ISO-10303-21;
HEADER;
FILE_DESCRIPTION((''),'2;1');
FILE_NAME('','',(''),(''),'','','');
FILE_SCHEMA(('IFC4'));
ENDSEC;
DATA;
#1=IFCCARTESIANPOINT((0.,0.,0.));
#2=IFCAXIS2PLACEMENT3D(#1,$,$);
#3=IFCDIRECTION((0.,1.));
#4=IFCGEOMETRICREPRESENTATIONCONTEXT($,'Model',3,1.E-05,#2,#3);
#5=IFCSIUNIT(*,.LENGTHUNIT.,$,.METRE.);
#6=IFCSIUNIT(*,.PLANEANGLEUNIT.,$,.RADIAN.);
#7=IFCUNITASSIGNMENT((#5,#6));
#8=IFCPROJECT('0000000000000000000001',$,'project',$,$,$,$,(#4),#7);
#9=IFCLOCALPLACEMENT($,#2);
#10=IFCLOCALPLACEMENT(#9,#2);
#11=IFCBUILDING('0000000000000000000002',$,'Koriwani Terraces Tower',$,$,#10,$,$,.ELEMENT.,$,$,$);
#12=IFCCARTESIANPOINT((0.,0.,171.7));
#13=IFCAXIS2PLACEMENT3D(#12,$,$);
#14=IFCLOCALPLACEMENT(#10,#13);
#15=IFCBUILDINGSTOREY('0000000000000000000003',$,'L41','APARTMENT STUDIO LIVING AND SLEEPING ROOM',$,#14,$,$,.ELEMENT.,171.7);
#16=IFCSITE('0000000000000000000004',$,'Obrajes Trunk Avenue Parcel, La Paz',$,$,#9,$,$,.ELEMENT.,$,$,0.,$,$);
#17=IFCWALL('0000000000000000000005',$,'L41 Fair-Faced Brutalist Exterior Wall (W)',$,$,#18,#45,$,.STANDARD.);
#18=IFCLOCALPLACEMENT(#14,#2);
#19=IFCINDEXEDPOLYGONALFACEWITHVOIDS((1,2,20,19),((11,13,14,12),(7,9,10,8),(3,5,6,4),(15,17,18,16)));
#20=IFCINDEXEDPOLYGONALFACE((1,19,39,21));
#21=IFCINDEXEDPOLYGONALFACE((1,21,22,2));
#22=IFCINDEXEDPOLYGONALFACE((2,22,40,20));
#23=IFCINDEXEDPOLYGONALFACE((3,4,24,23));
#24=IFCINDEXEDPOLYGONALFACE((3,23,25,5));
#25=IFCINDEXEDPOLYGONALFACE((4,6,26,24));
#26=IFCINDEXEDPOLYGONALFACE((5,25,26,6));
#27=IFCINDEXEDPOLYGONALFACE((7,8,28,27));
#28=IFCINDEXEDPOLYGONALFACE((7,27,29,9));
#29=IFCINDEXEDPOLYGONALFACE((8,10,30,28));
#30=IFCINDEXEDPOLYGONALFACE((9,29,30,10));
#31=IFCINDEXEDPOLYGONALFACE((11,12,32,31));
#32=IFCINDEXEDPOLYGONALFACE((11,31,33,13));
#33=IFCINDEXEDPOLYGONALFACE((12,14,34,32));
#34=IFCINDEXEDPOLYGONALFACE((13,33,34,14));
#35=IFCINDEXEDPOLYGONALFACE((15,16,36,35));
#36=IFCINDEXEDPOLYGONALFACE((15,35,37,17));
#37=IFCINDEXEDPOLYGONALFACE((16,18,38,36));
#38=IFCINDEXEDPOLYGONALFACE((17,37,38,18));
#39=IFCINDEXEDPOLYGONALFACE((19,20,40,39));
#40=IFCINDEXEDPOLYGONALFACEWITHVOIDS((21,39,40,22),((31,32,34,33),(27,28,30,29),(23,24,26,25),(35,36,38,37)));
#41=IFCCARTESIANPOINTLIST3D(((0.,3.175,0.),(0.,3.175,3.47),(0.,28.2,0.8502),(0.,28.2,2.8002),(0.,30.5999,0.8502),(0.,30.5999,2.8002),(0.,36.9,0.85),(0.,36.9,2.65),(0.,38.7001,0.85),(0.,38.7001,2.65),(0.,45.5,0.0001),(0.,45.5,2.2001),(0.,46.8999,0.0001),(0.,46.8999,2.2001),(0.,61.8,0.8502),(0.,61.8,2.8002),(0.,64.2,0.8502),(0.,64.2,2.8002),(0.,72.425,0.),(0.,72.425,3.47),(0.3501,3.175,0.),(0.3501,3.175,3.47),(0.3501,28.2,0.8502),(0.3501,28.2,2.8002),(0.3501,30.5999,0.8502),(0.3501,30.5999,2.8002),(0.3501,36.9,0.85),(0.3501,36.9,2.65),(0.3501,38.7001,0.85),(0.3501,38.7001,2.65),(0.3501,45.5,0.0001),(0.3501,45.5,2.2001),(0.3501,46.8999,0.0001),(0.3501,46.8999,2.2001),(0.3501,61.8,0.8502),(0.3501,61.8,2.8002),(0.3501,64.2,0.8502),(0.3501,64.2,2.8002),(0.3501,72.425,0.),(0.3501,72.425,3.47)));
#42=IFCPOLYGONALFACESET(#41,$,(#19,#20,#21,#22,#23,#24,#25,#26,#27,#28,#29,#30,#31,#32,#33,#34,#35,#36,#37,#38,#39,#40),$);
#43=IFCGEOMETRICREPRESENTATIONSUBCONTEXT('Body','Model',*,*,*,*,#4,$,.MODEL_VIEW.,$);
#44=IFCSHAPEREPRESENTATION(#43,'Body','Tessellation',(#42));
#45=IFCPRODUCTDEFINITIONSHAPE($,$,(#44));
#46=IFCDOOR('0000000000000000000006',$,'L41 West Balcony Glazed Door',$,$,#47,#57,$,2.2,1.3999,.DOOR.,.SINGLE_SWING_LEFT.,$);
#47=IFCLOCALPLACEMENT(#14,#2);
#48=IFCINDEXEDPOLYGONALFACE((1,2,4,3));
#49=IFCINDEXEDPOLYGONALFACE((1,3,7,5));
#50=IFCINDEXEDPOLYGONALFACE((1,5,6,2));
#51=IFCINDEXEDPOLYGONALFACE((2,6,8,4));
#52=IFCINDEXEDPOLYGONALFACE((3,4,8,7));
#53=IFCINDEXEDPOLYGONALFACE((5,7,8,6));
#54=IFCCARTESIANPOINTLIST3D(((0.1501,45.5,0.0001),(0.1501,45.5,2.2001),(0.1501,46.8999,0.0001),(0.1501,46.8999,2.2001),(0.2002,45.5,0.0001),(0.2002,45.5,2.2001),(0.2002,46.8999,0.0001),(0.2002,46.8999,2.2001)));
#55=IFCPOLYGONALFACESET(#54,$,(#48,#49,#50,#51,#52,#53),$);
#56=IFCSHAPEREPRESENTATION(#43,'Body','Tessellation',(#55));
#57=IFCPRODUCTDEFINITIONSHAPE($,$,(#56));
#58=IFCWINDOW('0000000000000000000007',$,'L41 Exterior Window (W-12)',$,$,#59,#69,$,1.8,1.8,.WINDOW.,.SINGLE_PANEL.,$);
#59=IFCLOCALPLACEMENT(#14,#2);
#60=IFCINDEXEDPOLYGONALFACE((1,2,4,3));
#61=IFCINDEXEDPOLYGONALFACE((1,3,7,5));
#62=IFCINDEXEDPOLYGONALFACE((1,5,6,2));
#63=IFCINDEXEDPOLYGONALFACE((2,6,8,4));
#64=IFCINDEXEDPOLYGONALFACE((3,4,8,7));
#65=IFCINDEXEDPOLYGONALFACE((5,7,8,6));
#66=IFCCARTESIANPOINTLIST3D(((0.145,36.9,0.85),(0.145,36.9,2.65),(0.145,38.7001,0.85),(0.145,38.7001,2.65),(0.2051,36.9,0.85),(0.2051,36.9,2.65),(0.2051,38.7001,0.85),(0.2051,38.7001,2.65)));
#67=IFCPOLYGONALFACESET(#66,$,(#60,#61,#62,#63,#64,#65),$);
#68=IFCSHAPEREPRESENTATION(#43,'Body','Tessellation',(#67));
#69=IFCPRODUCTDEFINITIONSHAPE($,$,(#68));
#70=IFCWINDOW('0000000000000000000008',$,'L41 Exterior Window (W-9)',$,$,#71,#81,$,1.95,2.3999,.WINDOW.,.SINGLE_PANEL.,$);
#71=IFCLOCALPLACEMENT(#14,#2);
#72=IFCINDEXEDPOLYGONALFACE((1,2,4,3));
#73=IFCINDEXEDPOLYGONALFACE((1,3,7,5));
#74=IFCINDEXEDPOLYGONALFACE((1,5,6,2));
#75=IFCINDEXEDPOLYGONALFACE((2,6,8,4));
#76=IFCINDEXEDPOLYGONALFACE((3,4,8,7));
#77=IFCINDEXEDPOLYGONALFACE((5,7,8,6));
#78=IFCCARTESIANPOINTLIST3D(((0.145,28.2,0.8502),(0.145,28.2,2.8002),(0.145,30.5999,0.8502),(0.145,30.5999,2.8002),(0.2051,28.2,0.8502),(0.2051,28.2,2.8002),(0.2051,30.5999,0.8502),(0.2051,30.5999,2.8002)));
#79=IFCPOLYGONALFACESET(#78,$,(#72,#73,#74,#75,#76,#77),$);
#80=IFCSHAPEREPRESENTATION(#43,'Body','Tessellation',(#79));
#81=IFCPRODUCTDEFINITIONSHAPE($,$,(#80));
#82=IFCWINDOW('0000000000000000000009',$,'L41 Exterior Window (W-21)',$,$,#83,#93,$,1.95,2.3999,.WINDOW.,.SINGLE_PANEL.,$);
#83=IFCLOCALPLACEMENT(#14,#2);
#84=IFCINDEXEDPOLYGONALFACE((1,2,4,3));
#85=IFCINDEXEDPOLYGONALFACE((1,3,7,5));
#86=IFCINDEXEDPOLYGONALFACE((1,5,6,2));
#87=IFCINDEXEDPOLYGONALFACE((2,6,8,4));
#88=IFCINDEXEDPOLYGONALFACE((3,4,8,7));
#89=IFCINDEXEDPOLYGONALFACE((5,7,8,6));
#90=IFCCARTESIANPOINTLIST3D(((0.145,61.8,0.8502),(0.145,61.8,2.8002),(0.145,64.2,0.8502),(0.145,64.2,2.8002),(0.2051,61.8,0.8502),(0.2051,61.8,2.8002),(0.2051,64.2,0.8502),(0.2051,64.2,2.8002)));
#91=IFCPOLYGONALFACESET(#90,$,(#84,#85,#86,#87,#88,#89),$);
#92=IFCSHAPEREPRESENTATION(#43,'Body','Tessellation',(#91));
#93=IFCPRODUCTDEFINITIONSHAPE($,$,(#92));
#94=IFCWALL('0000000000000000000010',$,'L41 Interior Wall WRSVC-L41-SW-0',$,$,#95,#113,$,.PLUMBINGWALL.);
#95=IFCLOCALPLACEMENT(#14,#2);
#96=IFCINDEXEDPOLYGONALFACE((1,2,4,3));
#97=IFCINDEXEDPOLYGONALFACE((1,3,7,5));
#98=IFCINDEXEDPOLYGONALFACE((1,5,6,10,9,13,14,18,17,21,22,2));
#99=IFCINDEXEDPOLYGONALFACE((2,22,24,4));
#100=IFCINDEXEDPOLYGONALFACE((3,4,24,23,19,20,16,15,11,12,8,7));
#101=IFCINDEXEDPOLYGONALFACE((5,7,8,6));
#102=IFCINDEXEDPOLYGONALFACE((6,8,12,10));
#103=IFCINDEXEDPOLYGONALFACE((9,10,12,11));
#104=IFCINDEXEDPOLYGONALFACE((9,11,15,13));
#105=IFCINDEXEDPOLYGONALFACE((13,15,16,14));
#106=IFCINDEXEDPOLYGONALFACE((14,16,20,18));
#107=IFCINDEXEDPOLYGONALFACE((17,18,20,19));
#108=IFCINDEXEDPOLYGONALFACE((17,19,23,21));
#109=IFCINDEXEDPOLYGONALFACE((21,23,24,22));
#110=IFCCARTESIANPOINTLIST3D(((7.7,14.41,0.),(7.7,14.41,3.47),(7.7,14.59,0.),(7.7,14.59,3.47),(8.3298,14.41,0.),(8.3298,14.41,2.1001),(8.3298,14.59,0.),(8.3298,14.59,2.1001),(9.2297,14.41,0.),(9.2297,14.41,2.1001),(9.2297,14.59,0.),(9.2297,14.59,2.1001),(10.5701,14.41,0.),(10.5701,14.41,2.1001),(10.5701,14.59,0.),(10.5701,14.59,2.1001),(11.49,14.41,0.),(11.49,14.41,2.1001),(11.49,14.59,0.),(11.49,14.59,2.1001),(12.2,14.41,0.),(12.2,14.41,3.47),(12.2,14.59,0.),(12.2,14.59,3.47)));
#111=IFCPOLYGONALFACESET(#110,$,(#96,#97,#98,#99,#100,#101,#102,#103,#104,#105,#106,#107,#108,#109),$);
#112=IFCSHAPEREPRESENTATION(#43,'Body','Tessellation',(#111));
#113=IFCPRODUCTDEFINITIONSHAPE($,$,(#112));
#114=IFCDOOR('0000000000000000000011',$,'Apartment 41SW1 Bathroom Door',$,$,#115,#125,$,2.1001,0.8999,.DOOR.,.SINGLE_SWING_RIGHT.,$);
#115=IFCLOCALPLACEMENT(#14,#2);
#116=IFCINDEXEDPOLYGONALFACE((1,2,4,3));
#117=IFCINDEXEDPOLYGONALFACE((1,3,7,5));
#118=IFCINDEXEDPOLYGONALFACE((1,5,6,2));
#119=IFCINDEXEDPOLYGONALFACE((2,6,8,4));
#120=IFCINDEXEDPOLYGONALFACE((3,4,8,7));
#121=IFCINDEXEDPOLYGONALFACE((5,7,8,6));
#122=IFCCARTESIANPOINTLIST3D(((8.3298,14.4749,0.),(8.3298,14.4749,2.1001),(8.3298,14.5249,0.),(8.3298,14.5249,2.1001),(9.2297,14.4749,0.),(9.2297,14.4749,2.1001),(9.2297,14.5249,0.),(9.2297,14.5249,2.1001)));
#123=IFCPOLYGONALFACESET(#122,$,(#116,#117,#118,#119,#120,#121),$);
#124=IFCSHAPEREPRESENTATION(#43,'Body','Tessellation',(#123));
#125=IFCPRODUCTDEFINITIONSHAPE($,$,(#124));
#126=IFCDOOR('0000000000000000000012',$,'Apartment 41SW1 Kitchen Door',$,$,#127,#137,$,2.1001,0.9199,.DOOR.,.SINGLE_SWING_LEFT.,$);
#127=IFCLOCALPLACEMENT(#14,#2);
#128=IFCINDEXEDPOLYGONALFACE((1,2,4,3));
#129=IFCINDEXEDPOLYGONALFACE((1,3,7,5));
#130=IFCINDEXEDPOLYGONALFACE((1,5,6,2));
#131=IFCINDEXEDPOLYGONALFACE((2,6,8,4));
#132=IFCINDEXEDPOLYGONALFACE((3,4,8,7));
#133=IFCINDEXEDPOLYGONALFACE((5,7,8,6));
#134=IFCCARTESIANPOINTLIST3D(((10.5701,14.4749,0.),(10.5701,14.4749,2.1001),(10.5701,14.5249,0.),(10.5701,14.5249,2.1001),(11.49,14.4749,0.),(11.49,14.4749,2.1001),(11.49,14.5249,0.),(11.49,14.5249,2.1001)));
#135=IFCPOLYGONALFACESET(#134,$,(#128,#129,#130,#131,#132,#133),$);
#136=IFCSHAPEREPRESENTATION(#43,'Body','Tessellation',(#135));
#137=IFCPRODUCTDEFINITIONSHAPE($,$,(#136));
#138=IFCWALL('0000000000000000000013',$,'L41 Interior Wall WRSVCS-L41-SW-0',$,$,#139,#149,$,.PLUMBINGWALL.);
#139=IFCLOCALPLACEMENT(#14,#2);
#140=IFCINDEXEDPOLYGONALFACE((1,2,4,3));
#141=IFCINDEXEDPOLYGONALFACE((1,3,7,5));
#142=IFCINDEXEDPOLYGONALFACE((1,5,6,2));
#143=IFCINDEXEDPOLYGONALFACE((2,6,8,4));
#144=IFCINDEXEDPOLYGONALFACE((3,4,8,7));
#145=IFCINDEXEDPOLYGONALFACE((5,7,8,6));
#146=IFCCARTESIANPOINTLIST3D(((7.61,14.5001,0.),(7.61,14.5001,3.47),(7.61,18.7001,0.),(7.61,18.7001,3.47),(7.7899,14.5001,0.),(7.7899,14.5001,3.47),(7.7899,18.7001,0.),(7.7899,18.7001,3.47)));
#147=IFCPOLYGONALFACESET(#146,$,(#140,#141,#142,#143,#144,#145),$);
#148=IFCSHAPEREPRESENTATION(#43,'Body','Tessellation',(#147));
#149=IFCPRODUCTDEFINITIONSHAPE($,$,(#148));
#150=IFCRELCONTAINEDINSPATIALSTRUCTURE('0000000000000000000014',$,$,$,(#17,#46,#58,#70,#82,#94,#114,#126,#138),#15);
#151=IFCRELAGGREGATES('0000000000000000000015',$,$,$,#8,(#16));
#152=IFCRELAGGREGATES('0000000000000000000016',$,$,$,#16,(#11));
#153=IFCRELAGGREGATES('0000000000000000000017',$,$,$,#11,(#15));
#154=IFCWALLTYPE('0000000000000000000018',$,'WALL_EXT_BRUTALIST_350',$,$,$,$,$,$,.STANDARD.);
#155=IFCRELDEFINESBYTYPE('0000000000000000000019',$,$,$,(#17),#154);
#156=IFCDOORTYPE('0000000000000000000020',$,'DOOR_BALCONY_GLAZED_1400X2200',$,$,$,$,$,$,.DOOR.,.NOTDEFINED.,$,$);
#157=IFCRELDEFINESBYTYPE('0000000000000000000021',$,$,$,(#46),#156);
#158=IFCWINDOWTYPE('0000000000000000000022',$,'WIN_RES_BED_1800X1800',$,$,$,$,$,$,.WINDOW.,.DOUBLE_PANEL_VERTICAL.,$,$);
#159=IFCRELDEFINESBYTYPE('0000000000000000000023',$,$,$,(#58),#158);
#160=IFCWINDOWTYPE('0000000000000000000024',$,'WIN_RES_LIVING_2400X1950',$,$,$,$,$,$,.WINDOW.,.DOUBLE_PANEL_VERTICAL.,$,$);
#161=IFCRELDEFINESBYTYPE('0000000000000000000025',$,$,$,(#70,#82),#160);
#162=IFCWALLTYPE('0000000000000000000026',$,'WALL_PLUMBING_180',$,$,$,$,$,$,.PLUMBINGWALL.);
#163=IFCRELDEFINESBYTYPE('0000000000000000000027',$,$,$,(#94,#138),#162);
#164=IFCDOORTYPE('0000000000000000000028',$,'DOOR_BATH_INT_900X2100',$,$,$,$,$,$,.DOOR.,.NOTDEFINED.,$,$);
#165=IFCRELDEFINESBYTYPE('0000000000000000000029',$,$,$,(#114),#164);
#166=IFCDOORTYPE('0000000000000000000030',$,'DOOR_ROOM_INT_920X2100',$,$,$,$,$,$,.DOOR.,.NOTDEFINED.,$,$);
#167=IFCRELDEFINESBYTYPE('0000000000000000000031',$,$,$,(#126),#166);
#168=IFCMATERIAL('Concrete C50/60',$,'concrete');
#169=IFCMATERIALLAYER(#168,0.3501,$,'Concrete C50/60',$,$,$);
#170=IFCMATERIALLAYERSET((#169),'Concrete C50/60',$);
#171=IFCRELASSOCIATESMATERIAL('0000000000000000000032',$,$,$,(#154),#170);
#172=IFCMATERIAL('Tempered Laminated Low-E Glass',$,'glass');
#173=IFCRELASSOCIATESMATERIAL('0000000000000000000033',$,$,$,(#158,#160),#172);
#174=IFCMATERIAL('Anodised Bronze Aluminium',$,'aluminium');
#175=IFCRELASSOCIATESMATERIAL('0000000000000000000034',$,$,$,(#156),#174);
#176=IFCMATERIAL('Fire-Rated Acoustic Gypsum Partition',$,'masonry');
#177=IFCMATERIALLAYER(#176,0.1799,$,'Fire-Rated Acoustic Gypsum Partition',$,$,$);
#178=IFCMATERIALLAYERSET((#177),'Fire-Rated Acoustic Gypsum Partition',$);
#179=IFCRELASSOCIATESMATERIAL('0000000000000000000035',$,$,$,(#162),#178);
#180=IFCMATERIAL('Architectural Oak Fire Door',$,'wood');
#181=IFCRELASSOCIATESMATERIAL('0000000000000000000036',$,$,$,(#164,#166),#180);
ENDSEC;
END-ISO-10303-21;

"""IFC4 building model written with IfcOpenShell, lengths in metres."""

from ifc_helpers import new_model, si_unit, direction, frame, frame_2d, origin, place, context, subcontext, project, spatial, rectangle, extrude, material, layer, layer_set, type_object, element, fill, save


model = new_model("IFC4")

# Units and contexts
model_context = context("Model", 3, precision=1e-05, world=origin(), true_north=direction((0.0, 1.0)))
body_context = subcontext(model_context, "Body", "Model", "MODEL_VIEW")
ifc_project = project(units=[si_unit("LENGTHUNIT", "METRE"), si_unit("PLANEANGLEUNIT", "RADIAN")], contexts=[model_context])

# Site, building, storey
site_placement = place(None, origin())
site = spatial("IfcSite", under=ifc_project, at=site_placement, Name="Obrajes Trunk Avenue Parcel, La Paz", CompositionType="ELEMENT", RefElevation=0.0)
building_placement = place(site_placement, origin())
building = spatial("IfcBuilding", under=site, at=building_placement, Name="Koriwani Terraces Tower", CompositionType="ELEMENT")
storey_placement = place(building_placement, frame((0.0, 0.0, 171.7)))
storey = spatial("IfcBuildingStorey", under=building, at=storey_placement, Name="L41", Description="APARTMENT STUDIO LIVING AND SLEEPING ROOM", CompositionType="ELEMENT", Elevation=171.7)

# Shared definitions
ifc_material_1 = material(Name="Concrete C50/60", Category="concrete")

# Shared definitions
ifc_layer_1 = layer(ifc_material_1, 0.3501, Name="Concrete C50/60")
ifc_layer_set_1 = layer_set([ifc_layer_1], Name="Concrete C50/60")
wall_type_1 = type_object("IfcWallType", Name="WALL_EXT_BRUTALIST_350", PredefinedType="STANDARD", material=ifc_layer_set_1)
ifc_material_2 = material(Name="Tempered Laminated Low-E Glass", Category="glass")
window_type_1 = type_object("IfcWindowType", Name="WIN_RES_BED_1800X1800", PartitioningType="DOUBLE_PANEL_VERTICAL", PredefinedType="WINDOW", material=ifc_material_2)

# Wall, openings, door, windows
wall_1_placement = place(storey_placement, frame((0.175, 3.175, 0.0), z_axis=(0.0, 0.0, 1.0), x_axis=(0.0, 1.0, 0.0)))
wall_1 = element("IfcWall", 1, at=wall_1_placement, inside=storey, type_object=wall_type_1, Name="L41 Fair-Faced Brutalist Exterior Wall (W)", PredefinedType="STANDARD", context=body_context, shape_type="SweptSolid", body=[
    extrude(rectangle(XDim=69.25, YDim=0.3501, at=frame_2d((34.625, 0.0))), origin(), (0.0, 0.0, 1.0), 3.47),
])
opening_1_placement = place(wall_1_placement, frame((42.325, 0.0, 0.0)))
opening_1 = element("IfcOpeningElement", 2, at=opening_1_placement, cuts=wall_1, PredefinedType="OPENING", context=body_context, shape_type="SweptSolid", body=[
    extrude(rectangle(XDim=1.3999, YDim=2.2, at=frame_2d((0.7, 1.1001))), frame((0.0, 0.1851, 0.0), z_axis=(0.0, -1.0, 0.0), x_axis=(1.0, 0.0, 0.0)), (0.0, 0.0, 1.0), 0.3701),
])
opening_2_placement = place(wall_1_placement, frame((25.0249, 0.0, 0.8501)))
opening_2 = element("IfcOpeningElement", 3, at=opening_2_placement, cuts=wall_1, PredefinedType="OPENING", context=body_context, shape_type="SweptSolid", body=[
    extrude(rectangle(XDim=2.3999, YDim=1.95, at=frame_2d((1.2, 0.9751))), frame((0.0, 0.1851, 0.0), z_axis=(0.0, -1.0, 0.0), x_axis=(1.0, 0.0, 0.0)), (0.0, 0.0, 1.0), 0.3701),
])
opening_3_placement = place(wall_1_placement, frame((33.7251, 0.0, 0.8501)))
opening_3 = element("IfcOpeningElement", 4, at=opening_3_placement, cuts=wall_1, PredefinedType="OPENING", context=body_context, shape_type="SweptSolid", body=[
    extrude(rectangle(XDim=1.8, YDim=1.8, at=frame_2d((0.8999, 0.8999))), frame((0.0, 0.1851, 0.0), z_axis=(0.0, -1.0, 0.0), x_axis=(1.0, 0.0, 0.0)), (0.0, 0.0, 1.0), 0.3701),
])
opening_4_placement = place(wall_1_placement, frame((58.625, 0.0, 0.8501)))
opening_4 = element("IfcOpeningElement", 5, at=opening_4_placement, cuts=wall_1, PredefinedType="OPENING", context=body_context, shape_type="SweptSolid", body=[
    extrude(rectangle(XDim=2.3999, YDim=1.95, at=frame_2d((1.2, 0.9751))), frame((0.0, 0.1851, 0.0), z_axis=(0.0, -1.0, 0.0), x_axis=(1.0, 0.0, 0.0)), (0.0, 0.0, 1.0), 0.3701),
])
ifc_material_3 = material(Name="Anodised Bronze Aluminium", Category="aluminium")
door_type_1 = type_object("IfcDoorType", Name="DOOR_BALCONY_GLAZED_1400X2200", OperationType="NOTDEFINED", PredefinedType="DOOR", material=ifc_material_3)
door_1_placement = place(opening_1_placement, origin())
door_1 = element("IfcDoor", 6, at=door_1_placement, inside=storey, type_object=door_type_1, Name="L41 West Balcony Glazed Door", OperationType="SINGLE_SWING_LEFT", OverallHeight=2.2, OverallWidth=1.3999, PredefinedType="DOOR", context=body_context, shape_type="SweptSolid", body=[
    extrude(rectangle(XDim=1.3999, YDim=2.2, at=frame_2d((0.7, 1.1001))), frame((0.0, 0.0249, 0.0), z_axis=(0.0, -1.0, 0.0), x_axis=(1.0, 0.0, 0.0)), (0.0, 0.0, 1.0), 0.05),
])
fill(opening_1, door_1)
window_1_placement = place(opening_3_placement, origin())
window_1 = element("IfcWindow", 7, at=window_1_placement, inside=storey, type_object=window_type_1, Name="L41 Exterior Window (W-12)", OverallHeight=1.8, OverallWidth=1.8, PartitioningType="SINGLE_PANEL", PredefinedType="WINDOW", context=body_context, shape_type="SweptSolid", body=[
    extrude(rectangle(XDim=1.8, YDim=1.8, at=frame_2d((0.8999, 0.8999))), frame((0.0, 0.03, 0.0), z_axis=(0.0, -1.0, 0.0), x_axis=(1.0, 0.0, 0.0)), (0.0, 0.0, 1.0), 0.0601),
])
fill(opening_3, window_1)
window_type_2 = type_object("IfcWindowType", Name="WIN_RES_LIVING_2400X1950", PartitioningType="DOUBLE_PANEL_VERTICAL", PredefinedType="WINDOW", material=ifc_material_2)
window_2_placement = place(opening_2_placement, origin())
window_2 = element("IfcWindow", 8, at=window_2_placement, inside=storey, type_object=window_type_2, Name="L41 Exterior Window (W-9)", OverallHeight=1.95, OverallWidth=2.3999, PartitioningType="SINGLE_PANEL", PredefinedType="WINDOW", context=body_context, shape_type="SweptSolid", body=[
    extrude(rectangle(XDim=2.3999, YDim=1.95, at=frame_2d((1.2, 0.9751))), frame((0.0, 0.03, 0.0), z_axis=(0.0, -1.0, 0.0), x_axis=(1.0, 0.0, 0.0)), (0.0, 0.0, 1.0), 0.0601),
])
fill(opening_2, window_2)
window_3_placement = place(opening_4_placement, origin())
window_3 = element("IfcWindow", 9, at=window_3_placement, inside=storey, type_object=window_type_2, Name="L41 Exterior Window (W-21)", OverallHeight=1.95, OverallWidth=2.3999, PartitioningType="SINGLE_PANEL", PredefinedType="WINDOW", context=body_context, shape_type="SweptSolid", body=[
    extrude(rectangle(XDim=2.3999, YDim=1.95, at=frame_2d((1.2, 0.9751))), frame((0.0, 0.03, 0.0), z_axis=(0.0, -1.0, 0.0), x_axis=(1.0, 0.0, 0.0)), (0.0, 0.0, 1.0), 0.0601),
])
fill(opening_4, window_3)

# Wall, openings, doors
ifc_material_4 = material(Name="Fire-Rated Acoustic Gypsum Partition", Category="masonry")
ifc_layer_2 = layer(ifc_material_4, 0.1799, Name="Fire-Rated Acoustic Gypsum Partition")
ifc_layer_set_2 = layer_set([ifc_layer_2], Name="Fire-Rated Acoustic Gypsum Partition")
wall_type_2 = type_object("IfcWallType", Name="WALL_PLUMBING_180", PredefinedType="PLUMBINGWALL", material=ifc_layer_set_2)
wall_2_placement = place(storey_placement, frame((7.7, 14.5, 0.0), z_axis=(0.0, 0.0, 1.0), x_axis=(1.0, 0.0, 0.0)))
wall_2 = element("IfcWall", 10, at=wall_2_placement, inside=storey, type_object=wall_type_2, Name="L41 Interior Wall WRSVC-L41-SW-0", PredefinedType="PLUMBINGWALL", context=body_context, shape_type="SweptSolid", body=[
    extrude(rectangle(XDim=4.5, YDim=0.1799, at=frame_2d((2.25, 0.0))), origin(), (0.0, 0.0, 1.0), 3.47),
])
opening_5_placement = place(wall_2_placement, frame((0.6299, 0.0, 0.0)))
opening_5 = element("IfcOpeningElement", 11, at=opening_5_placement, cuts=wall_2, PredefinedType="OPENING", context=body_context, shape_type="SweptSolid", body=[
    extrude(rectangle(XDim=0.8999, YDim=2.1001, at=frame_2d((0.45, 1.05))), frame((0.0, 0.1001, 0.0), z_axis=(0.0, -1.0, 0.0), x_axis=(1.0, 0.0, 0.0)), (0.0, 0.0, 1.0), 0.2),
])
opening_6_placement = place(wall_2_placement, frame((2.8701, 0.0, 0.0)))
opening_6 = element("IfcOpeningElement", 12, at=opening_6_placement, cuts=wall_2, PredefinedType="OPENING", context=body_context, shape_type="SweptSolid", body=[
    extrude(rectangle(XDim=0.9199, YDim=2.1001, at=frame_2d((0.46, 1.05))), frame((0.0, 0.1001, 0.0), z_axis=(0.0, -1.0, 0.0), x_axis=(1.0, 0.0, 0.0)), (0.0, 0.0, 1.0), 0.2),
])
ifc_material_5 = material(Name="Architectural Oak Fire Door", Category="wood")
door_type_2 = type_object("IfcDoorType", Name="DOOR_BATH_INT_900X2100", OperationType="NOTDEFINED", PredefinedType="DOOR", material=ifc_material_5)
door_2_placement = place(opening_5_placement, origin())
door_2 = element("IfcDoor", 13, at=door_2_placement, inside=storey, type_object=door_type_2, Name="Apartment 41SW1 Bathroom Door", OperationType="SINGLE_SWING_RIGHT", OverallHeight=2.1001, OverallWidth=0.8999, PredefinedType="DOOR", context=body_context, shape_type="SweptSolid", body=[
    extrude(rectangle(XDim=0.8999, YDim=2.1001, at=frame_2d((0.45, 1.05))), frame((0.0, 0.0249, 0.0), z_axis=(0.0, -1.0, 0.0), x_axis=(1.0, 0.0, 0.0)), (0.0, 0.0, 1.0), 0.05),
])
fill(opening_5, door_2)
door_type_3 = type_object("IfcDoorType", Name="DOOR_ROOM_INT_920X2100", OperationType="NOTDEFINED", PredefinedType="DOOR", material=ifc_material_5)
door_3_placement = place(opening_6_placement, origin())
door_3 = element("IfcDoor", 14, at=door_3_placement, inside=storey, type_object=door_type_3, Name="Apartment 41SW1 Kitchen Door", OperationType="SINGLE_SWING_LEFT", OverallHeight=2.1001, OverallWidth=0.9199, PredefinedType="DOOR", context=body_context, shape_type="SweptSolid", body=[
    extrude(rectangle(XDim=0.9199, YDim=2.1001, at=frame_2d((0.46, 1.05))), frame((0.0, 0.0249, 0.0), z_axis=(0.0, -1.0, 0.0), x_axis=(1.0, 0.0, 0.0)), (0.0, 0.0, 1.0), 0.05),
])
fill(opening_6, door_3)

# Wall
wall_3_placement = place(storey_placement, frame((7.7, 14.5, 0.0), z_axis=(0.0, 0.0, 1.0), x_axis=(0.0, 1.0, 0.0)))
element("IfcWall", 15, at=wall_3_placement, inside=storey, type_object=wall_type_2, Name="L41 Interior Wall WRSVCS-L41-SW-0", PredefinedType="PLUMBINGWALL", context=body_context, shape_type="SweptSolid", body=[
    extrude(rectangle(XDim=4.2, YDim=0.1799, at=frame_2d((2.1001, 0.0))), origin(), (0.0, 0.0, 1.0), 3.47),
])

save(model, "model.ifc")
